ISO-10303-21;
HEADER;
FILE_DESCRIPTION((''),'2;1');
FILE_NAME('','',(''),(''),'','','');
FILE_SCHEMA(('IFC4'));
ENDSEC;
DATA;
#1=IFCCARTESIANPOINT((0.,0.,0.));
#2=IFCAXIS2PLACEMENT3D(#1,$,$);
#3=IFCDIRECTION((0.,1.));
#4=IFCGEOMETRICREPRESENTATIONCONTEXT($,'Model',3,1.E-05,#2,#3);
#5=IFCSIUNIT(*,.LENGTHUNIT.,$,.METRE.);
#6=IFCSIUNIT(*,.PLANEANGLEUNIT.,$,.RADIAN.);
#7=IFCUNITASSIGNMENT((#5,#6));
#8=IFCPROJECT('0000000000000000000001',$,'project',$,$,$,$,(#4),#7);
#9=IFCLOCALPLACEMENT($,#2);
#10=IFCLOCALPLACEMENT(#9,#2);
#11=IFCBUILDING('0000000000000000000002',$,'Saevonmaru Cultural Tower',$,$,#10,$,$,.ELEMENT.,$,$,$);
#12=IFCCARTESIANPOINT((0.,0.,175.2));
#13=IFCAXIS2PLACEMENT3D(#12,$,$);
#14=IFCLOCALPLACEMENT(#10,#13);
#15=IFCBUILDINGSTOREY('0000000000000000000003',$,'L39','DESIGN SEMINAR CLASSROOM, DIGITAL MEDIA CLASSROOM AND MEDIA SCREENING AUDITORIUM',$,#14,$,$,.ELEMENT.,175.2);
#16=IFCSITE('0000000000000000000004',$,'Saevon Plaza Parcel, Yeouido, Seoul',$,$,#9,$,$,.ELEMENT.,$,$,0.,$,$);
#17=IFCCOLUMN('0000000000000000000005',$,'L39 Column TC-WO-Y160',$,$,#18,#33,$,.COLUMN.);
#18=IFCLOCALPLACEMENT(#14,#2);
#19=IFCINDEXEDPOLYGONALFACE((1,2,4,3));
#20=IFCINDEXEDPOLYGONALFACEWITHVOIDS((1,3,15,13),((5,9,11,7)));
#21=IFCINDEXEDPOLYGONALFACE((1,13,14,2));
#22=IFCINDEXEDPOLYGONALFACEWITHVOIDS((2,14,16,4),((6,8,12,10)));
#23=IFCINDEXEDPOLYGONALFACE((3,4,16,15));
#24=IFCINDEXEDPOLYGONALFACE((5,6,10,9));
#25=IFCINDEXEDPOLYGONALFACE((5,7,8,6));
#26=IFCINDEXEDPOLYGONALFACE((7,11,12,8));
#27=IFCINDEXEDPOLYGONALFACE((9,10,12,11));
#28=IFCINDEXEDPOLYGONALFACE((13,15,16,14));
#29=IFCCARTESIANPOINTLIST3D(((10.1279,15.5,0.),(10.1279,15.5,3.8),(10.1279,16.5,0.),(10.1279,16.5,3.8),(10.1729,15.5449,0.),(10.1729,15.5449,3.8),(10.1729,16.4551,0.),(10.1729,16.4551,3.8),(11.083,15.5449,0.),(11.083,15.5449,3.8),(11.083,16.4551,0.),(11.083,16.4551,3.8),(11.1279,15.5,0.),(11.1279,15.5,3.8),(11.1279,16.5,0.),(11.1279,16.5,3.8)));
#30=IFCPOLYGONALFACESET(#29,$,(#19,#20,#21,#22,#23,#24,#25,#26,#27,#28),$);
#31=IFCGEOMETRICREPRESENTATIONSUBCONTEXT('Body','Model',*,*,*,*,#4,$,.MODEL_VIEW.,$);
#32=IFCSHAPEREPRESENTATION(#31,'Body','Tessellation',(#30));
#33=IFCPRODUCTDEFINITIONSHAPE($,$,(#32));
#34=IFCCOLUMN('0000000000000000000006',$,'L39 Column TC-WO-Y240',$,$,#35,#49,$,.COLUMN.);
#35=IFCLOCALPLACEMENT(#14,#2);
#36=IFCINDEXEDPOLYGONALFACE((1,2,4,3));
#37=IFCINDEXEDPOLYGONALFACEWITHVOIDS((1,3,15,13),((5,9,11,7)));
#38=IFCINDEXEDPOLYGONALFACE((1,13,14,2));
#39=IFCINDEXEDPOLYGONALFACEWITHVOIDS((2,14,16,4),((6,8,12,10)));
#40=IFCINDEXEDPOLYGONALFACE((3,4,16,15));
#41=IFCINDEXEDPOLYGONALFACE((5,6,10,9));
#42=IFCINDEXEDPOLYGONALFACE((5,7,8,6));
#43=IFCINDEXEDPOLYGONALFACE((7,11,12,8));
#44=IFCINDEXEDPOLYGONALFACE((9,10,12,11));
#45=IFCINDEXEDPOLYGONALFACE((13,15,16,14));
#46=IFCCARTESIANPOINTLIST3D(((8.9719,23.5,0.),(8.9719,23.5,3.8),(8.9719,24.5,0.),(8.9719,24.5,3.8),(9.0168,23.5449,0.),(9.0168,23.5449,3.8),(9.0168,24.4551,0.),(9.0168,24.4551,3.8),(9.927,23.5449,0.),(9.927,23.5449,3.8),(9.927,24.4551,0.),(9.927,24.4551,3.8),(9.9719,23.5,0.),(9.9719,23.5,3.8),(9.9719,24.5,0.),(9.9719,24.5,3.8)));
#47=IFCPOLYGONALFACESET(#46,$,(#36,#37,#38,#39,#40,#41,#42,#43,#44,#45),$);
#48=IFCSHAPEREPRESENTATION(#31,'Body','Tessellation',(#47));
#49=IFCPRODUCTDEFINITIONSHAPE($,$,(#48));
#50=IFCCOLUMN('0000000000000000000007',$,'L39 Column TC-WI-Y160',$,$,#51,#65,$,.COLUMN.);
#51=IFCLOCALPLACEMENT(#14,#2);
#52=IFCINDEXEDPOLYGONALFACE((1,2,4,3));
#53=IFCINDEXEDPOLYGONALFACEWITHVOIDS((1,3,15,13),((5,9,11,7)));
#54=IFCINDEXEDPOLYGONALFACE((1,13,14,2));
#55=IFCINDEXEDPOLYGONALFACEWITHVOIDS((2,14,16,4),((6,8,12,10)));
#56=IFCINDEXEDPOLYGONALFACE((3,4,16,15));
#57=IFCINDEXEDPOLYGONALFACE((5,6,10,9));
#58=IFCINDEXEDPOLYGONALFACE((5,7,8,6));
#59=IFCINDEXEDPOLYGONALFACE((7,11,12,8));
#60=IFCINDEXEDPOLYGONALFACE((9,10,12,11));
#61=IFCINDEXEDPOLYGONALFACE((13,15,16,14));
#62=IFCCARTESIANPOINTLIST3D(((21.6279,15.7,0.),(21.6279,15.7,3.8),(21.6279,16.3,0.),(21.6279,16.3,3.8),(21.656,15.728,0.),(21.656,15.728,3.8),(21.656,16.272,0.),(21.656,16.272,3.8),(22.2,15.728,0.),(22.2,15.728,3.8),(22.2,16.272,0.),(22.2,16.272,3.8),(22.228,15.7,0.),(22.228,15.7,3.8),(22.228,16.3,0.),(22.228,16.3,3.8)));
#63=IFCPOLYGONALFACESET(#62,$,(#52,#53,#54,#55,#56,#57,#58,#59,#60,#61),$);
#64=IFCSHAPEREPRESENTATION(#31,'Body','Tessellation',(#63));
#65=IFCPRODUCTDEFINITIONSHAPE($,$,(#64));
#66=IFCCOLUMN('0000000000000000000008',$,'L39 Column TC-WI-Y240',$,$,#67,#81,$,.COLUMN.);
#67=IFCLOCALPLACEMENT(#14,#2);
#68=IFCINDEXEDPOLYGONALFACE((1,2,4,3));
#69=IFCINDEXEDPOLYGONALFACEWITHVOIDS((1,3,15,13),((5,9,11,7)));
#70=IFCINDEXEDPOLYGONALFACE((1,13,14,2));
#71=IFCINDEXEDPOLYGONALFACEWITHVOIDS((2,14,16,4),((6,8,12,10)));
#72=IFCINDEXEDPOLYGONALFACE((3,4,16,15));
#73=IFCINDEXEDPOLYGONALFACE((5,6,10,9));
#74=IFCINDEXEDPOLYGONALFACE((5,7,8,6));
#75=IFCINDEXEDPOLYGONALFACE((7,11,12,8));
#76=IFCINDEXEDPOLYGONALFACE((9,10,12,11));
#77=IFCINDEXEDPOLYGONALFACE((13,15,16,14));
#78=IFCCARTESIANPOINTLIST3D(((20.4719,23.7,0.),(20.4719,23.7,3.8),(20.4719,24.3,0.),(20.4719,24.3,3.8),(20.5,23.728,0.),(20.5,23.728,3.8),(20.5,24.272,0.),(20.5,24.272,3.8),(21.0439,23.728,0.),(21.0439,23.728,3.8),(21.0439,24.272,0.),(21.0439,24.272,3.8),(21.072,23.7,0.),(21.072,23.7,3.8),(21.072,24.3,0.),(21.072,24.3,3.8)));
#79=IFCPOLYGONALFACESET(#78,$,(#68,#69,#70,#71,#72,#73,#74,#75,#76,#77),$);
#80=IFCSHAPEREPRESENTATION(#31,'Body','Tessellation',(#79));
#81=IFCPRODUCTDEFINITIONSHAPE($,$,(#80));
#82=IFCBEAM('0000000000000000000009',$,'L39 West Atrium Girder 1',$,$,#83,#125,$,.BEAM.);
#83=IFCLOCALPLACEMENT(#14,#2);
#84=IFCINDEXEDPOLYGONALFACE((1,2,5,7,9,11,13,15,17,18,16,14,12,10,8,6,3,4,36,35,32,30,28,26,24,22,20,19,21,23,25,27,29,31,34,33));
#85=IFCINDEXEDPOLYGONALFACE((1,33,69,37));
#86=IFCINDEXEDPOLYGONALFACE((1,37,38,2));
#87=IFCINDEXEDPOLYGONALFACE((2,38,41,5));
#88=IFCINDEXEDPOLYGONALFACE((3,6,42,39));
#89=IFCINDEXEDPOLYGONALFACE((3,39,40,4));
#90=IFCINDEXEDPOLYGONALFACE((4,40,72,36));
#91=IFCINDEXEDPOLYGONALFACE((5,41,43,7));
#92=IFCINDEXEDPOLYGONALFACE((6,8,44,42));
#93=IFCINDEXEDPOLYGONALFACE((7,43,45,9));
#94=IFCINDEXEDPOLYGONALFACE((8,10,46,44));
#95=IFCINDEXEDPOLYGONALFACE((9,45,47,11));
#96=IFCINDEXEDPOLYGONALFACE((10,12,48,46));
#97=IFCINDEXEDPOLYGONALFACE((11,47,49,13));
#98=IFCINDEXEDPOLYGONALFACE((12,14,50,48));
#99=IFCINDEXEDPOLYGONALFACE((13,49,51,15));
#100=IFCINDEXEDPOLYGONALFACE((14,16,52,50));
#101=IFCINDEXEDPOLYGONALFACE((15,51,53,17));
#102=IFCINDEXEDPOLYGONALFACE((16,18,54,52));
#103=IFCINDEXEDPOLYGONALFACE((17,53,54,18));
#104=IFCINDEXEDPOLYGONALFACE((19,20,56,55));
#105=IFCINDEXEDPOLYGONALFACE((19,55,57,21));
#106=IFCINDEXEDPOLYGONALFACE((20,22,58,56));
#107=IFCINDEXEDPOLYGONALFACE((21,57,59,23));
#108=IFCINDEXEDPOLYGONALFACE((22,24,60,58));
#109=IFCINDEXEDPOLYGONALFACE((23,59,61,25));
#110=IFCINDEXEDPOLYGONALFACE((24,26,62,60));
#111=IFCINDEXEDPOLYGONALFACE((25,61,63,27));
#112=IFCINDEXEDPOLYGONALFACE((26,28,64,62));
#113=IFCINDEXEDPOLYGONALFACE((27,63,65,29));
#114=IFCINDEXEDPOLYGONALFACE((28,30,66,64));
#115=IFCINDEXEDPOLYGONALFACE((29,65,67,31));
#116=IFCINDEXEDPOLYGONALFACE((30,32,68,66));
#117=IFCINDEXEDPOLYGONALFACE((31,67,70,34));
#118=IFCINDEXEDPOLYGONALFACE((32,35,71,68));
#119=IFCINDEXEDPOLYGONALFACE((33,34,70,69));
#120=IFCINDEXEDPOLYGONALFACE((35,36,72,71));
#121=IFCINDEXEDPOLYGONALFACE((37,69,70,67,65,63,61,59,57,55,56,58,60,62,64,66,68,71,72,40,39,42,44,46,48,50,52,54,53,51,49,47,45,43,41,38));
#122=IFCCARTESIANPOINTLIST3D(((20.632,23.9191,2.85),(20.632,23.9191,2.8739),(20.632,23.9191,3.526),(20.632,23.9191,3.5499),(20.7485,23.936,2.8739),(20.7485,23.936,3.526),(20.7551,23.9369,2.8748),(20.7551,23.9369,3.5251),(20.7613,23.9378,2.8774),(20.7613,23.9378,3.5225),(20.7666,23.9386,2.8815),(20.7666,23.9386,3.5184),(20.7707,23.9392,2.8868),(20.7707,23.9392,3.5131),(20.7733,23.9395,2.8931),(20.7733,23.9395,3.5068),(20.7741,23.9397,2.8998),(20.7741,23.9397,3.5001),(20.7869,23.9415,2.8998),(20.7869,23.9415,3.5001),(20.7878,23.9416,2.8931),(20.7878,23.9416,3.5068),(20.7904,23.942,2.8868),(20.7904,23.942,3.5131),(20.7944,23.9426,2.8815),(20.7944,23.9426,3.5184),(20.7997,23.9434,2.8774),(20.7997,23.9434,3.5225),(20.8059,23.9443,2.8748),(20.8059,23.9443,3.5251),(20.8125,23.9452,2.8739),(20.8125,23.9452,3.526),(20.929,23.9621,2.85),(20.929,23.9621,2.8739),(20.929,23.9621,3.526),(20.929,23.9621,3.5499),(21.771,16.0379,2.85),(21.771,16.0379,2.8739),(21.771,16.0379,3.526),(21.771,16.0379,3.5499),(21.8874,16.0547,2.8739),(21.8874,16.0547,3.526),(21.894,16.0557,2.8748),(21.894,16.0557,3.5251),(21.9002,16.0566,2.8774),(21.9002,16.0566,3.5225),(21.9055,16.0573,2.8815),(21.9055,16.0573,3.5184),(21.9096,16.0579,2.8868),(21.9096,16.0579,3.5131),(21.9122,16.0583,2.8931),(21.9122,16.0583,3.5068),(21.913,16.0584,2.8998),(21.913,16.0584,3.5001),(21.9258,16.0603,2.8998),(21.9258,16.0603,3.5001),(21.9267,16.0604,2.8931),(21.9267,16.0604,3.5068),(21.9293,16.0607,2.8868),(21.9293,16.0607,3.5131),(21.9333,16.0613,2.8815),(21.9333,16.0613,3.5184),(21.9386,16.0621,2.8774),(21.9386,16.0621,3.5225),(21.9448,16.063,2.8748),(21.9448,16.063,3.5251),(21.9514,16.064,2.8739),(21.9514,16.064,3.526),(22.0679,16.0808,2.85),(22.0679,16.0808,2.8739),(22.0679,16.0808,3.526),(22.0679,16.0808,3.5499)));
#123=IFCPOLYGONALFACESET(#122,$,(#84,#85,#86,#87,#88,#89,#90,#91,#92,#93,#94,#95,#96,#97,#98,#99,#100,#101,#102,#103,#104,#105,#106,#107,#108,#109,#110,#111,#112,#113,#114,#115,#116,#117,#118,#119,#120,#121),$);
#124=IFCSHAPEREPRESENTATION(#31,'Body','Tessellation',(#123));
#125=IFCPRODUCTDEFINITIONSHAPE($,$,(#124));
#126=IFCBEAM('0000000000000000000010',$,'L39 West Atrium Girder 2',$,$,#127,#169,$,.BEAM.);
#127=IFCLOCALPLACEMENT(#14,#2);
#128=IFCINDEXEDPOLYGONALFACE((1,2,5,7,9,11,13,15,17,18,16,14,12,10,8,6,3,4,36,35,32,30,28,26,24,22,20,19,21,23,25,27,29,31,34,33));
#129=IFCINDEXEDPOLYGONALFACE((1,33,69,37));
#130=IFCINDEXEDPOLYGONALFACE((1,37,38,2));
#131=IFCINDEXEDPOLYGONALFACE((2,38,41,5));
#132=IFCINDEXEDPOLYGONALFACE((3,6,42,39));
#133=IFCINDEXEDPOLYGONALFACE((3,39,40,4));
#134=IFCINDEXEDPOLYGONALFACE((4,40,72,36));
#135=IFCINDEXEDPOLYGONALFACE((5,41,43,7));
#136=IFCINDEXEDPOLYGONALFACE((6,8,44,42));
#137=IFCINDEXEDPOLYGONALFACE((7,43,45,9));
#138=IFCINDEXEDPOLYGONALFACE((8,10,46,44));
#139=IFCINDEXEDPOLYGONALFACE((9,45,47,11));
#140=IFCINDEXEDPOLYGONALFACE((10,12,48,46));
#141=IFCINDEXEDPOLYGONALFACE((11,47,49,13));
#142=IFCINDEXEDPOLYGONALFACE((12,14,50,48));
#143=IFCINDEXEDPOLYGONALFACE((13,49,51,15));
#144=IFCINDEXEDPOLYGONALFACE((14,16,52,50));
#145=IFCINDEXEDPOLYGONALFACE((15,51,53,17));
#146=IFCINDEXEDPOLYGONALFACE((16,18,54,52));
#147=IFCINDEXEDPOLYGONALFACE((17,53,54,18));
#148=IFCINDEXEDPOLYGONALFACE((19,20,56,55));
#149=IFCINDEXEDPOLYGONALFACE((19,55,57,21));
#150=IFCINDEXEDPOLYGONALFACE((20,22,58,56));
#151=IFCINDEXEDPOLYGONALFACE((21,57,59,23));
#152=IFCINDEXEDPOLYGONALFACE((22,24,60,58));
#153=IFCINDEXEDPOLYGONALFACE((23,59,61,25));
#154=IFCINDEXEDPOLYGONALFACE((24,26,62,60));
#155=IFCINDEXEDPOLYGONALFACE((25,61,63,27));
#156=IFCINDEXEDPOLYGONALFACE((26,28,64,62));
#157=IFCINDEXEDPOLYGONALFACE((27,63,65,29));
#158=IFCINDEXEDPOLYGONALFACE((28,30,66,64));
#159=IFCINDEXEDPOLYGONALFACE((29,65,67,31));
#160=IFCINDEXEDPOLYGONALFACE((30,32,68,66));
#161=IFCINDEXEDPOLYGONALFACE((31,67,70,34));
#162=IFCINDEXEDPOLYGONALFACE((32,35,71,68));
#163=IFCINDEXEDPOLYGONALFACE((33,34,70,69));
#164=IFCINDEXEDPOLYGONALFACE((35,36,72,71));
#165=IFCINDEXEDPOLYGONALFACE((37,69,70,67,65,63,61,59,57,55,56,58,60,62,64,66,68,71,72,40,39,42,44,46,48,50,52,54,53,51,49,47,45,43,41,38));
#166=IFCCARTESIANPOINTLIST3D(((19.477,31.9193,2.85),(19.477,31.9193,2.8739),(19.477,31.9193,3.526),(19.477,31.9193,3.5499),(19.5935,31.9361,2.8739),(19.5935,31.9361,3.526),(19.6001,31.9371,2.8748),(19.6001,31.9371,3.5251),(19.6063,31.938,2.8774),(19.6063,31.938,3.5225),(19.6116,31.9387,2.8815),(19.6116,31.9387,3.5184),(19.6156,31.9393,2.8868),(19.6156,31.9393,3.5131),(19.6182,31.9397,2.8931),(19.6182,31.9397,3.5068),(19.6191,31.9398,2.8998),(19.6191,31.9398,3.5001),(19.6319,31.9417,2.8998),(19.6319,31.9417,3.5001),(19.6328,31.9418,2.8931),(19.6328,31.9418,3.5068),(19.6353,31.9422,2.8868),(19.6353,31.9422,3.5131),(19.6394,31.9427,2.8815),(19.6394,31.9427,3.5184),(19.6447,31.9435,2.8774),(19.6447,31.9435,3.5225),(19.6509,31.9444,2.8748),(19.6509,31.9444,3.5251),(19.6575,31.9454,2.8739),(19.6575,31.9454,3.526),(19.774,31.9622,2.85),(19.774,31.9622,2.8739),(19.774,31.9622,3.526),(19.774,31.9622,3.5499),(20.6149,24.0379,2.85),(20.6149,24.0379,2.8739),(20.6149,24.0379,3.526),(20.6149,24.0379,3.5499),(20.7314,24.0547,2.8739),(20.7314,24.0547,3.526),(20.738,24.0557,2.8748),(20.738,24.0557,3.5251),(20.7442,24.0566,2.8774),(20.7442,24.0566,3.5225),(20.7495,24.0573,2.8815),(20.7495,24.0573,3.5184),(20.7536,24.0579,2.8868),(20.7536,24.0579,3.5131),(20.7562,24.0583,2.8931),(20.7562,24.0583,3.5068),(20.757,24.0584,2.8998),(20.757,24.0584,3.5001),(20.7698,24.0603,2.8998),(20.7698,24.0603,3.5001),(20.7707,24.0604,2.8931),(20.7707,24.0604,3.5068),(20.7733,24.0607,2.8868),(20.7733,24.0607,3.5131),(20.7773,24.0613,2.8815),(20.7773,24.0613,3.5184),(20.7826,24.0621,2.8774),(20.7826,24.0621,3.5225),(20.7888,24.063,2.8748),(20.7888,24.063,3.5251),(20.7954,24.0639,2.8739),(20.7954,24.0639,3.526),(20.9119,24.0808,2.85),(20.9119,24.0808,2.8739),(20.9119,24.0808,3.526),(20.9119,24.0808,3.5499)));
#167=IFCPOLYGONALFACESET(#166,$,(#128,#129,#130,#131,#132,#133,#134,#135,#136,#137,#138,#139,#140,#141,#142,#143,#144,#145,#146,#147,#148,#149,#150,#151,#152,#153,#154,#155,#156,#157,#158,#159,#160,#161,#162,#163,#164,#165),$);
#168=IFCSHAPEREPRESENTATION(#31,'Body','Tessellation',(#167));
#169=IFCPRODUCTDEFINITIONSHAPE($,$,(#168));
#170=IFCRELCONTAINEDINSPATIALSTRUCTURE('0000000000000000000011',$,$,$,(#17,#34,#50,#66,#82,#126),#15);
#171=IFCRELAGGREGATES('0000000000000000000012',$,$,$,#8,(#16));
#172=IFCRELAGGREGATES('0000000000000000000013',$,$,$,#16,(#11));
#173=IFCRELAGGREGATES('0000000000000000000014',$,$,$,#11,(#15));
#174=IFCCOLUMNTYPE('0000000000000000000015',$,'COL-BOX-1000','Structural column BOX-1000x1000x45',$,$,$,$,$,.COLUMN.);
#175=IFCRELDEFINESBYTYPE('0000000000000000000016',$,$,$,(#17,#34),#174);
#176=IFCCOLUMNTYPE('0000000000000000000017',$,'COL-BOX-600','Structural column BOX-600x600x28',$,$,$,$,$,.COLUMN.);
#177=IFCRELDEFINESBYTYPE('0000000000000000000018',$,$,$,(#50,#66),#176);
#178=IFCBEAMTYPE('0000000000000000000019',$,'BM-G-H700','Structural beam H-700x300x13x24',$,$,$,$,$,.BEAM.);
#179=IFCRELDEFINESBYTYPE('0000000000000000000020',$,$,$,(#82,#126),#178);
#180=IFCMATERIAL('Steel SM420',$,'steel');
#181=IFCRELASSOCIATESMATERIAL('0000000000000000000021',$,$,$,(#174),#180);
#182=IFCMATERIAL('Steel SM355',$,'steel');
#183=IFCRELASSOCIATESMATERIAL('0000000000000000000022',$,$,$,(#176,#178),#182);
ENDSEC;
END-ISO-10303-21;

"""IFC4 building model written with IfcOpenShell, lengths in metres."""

from ifc_helpers import new_model, si_unit, direction, frame, origin, origin_2d, place, context, subcontext, project, spatial, hollow_rectangle, i_section, extrude, material, material_profile, profile_set, type_object, element, save


model = new_model("IFC4")

# Units and contexts
model_context = context("Model", 3, precision=1e-05, world=origin(), true_north=direction((0.0, 1.0)))
body_context = subcontext(model_context, "Body", "Model", "MODEL_VIEW")
ifc_project = project(units=[si_unit("LENGTHUNIT", "METRE"), si_unit("PLANEANGLEUNIT", "RADIAN")], contexts=[model_context])

# Site, building, storey
site_placement = place(None, origin())
site = spatial("IfcSite", under=ifc_project, at=site_placement, Name="Saevon Plaza Parcel, Yeouido, Seoul", CompositionType="ELEMENT", RefElevation=0.0)
building_placement = place(site_placement, origin())
building = spatial("IfcBuilding", under=site, at=building_placement, Name="Saevonmaru Cultural Tower", CompositionType="ELEMENT")
storey_placement = place(building_placement, frame((0.0, 0.0, 175.2)))
storey = spatial("IfcBuildingStorey", under=building, at=storey_placement, Name="L39", Description="DESIGN SEMINAR CLASSROOM, DIGITAL MEDIA CLASSROOM AND MEDIA SCREENING AUDITORIUM", CompositionType="ELEMENT", Elevation=175.2)

# Columns
ifc_material_1 = material(Name="Steel SM420", Category="steel")
ifc_material_profile_1 = material_profile(ifc_material_1, hollow_rectangle(XDim=1.0, YDim=1.0, WallThickness=0.0449, at=origin_2d()), Name="BOX-1000x1000x45")
ifc_profile_set_1 = profile_set([ifc_material_profile_1], Name="Steel SM420")
column_type_1 = type_object("IfcColumnType", Name="COL-BOX-1000", Description="Structural column BOX-1000x1000x45", PredefinedType="COLUMN", material=ifc_profile_set_1)
for number, where, z_axis, x_axis, name in (
    (1, (10.6279, 16.0, 0.0), (0.0, 0.0, 1.0), (1.0, 0.0, 0.0), "L39 Column TC-WO-Y160"),
    (2, (9.4719, 24.0, 0.0), (0.0, 0.0, 1.0), (1.0, 0.0, 0.0), "L39 Column TC-WO-Y240"),
):
    element("IfcColumn", number, at=place(storey_placement, frame(where, z_axis=z_axis, x_axis=x_axis)), inside=storey, type_object=column_type_1, Name=name, PredefinedType="COLUMN", context=body_context, shape_type="SweptSolid", body=[
        extrude(hollow_rectangle(XDim=1.0, YDim=1.0, WallThickness=0.0449, at=origin_2d()), origin(), (0.0, 0.0, 1.0), 3.8),
    ])
ifc_material_2 = material(Name="Steel SM355", Category="steel")
ifc_material_profile_2 = material_profile(ifc_material_2, hollow_rectangle(XDim=0.6001, YDim=0.6001, WallThickness=0.0281, at=origin_2d()), Name="BOX-600x600x28")
ifc_profile_set_2 = profile_set([ifc_material_profile_2], Name="Steel SM355")
column_type_2 = type_object("IfcColumnType", Name="COL-BOX-600", Description="Structural column BOX-600x600x28", PredefinedType="COLUMN", material=ifc_profile_set_2)
for number, where, z_axis, x_axis, name in (
    (3, (21.928, 16.0, 0.0), (0.0, 0.0, 1.0), (1.0, 0.0, 0.0), "L39 Column TC-WI-Y160"),
    (4, (20.772, 24.0, 0.0), (0.0, 0.0, 1.0), (1.0, 0.0, 0.0), "L39 Column TC-WI-Y240"),
):
    element("IfcColumn", number, at=place(storey_placement, frame(where, z_axis=z_axis, x_axis=x_axis)), inside=storey, type_object=column_type_2, Name=name, PredefinedType="COLUMN", context=body_context, shape_type="SweptSolid", body=[
        extrude(hollow_rectangle(XDim=0.6001, YDim=0.6001, WallThickness=0.0281, at=origin_2d()), origin(), (0.0, 0.0, 1.0), 3.8),
    ])

# Beams
ifc_material_profile_3 = material_profile(ifc_material_2, i_section(OverallWidth=0.3, OverallDepth=0.7, WebThickness=0.0129, FlangeThickness=0.0239, FilletRadius=0.0259, at=origin_2d()), Name="H-700x300x13x24")
ifc_profile_set_3 = profile_set([ifc_material_profile_3], Name="Steel SM355")
beam_type_1 = type_object("IfcBeamType", Name="BM-G-H700", Description="Structural beam H-700x300x13x24", PredefinedType="BEAM", material=ifc_profile_set_3)
for number, where, z_axis, x_axis, name in (
    (5, (21.9194, 16.0593, 3.2), (-0.143022, 0.989719, 0.0), (-0.989719, -0.143022, 0.0), "L39 West Atrium Girder 1"),
    (6, (20.7634, 24.0593, 3.2), (-0.142902, 0.989737, 0.0), (-0.989737, -0.142902, 0.0), "L39 West Atrium Girder 2"),
):
    element("IfcBeam", number, at=place(storey_placement, frame(where, z_axis=z_axis, x_axis=x_axis)), inside=storey, type_object=beam_type_1, Name=name, PredefinedType="BEAM", context=body_context, shape_type="SweptSolid", body=[
        extrude(i_section(OverallWidth=0.3, OverallDepth=0.7, WebThickness=0.0129, FlangeThickness=0.0239, FilletRadius=0.0259, at=origin_2d()), origin(), (0.0, 0.0, 1.0), 7.9631),
    ])

save(model, "model.ifc")
